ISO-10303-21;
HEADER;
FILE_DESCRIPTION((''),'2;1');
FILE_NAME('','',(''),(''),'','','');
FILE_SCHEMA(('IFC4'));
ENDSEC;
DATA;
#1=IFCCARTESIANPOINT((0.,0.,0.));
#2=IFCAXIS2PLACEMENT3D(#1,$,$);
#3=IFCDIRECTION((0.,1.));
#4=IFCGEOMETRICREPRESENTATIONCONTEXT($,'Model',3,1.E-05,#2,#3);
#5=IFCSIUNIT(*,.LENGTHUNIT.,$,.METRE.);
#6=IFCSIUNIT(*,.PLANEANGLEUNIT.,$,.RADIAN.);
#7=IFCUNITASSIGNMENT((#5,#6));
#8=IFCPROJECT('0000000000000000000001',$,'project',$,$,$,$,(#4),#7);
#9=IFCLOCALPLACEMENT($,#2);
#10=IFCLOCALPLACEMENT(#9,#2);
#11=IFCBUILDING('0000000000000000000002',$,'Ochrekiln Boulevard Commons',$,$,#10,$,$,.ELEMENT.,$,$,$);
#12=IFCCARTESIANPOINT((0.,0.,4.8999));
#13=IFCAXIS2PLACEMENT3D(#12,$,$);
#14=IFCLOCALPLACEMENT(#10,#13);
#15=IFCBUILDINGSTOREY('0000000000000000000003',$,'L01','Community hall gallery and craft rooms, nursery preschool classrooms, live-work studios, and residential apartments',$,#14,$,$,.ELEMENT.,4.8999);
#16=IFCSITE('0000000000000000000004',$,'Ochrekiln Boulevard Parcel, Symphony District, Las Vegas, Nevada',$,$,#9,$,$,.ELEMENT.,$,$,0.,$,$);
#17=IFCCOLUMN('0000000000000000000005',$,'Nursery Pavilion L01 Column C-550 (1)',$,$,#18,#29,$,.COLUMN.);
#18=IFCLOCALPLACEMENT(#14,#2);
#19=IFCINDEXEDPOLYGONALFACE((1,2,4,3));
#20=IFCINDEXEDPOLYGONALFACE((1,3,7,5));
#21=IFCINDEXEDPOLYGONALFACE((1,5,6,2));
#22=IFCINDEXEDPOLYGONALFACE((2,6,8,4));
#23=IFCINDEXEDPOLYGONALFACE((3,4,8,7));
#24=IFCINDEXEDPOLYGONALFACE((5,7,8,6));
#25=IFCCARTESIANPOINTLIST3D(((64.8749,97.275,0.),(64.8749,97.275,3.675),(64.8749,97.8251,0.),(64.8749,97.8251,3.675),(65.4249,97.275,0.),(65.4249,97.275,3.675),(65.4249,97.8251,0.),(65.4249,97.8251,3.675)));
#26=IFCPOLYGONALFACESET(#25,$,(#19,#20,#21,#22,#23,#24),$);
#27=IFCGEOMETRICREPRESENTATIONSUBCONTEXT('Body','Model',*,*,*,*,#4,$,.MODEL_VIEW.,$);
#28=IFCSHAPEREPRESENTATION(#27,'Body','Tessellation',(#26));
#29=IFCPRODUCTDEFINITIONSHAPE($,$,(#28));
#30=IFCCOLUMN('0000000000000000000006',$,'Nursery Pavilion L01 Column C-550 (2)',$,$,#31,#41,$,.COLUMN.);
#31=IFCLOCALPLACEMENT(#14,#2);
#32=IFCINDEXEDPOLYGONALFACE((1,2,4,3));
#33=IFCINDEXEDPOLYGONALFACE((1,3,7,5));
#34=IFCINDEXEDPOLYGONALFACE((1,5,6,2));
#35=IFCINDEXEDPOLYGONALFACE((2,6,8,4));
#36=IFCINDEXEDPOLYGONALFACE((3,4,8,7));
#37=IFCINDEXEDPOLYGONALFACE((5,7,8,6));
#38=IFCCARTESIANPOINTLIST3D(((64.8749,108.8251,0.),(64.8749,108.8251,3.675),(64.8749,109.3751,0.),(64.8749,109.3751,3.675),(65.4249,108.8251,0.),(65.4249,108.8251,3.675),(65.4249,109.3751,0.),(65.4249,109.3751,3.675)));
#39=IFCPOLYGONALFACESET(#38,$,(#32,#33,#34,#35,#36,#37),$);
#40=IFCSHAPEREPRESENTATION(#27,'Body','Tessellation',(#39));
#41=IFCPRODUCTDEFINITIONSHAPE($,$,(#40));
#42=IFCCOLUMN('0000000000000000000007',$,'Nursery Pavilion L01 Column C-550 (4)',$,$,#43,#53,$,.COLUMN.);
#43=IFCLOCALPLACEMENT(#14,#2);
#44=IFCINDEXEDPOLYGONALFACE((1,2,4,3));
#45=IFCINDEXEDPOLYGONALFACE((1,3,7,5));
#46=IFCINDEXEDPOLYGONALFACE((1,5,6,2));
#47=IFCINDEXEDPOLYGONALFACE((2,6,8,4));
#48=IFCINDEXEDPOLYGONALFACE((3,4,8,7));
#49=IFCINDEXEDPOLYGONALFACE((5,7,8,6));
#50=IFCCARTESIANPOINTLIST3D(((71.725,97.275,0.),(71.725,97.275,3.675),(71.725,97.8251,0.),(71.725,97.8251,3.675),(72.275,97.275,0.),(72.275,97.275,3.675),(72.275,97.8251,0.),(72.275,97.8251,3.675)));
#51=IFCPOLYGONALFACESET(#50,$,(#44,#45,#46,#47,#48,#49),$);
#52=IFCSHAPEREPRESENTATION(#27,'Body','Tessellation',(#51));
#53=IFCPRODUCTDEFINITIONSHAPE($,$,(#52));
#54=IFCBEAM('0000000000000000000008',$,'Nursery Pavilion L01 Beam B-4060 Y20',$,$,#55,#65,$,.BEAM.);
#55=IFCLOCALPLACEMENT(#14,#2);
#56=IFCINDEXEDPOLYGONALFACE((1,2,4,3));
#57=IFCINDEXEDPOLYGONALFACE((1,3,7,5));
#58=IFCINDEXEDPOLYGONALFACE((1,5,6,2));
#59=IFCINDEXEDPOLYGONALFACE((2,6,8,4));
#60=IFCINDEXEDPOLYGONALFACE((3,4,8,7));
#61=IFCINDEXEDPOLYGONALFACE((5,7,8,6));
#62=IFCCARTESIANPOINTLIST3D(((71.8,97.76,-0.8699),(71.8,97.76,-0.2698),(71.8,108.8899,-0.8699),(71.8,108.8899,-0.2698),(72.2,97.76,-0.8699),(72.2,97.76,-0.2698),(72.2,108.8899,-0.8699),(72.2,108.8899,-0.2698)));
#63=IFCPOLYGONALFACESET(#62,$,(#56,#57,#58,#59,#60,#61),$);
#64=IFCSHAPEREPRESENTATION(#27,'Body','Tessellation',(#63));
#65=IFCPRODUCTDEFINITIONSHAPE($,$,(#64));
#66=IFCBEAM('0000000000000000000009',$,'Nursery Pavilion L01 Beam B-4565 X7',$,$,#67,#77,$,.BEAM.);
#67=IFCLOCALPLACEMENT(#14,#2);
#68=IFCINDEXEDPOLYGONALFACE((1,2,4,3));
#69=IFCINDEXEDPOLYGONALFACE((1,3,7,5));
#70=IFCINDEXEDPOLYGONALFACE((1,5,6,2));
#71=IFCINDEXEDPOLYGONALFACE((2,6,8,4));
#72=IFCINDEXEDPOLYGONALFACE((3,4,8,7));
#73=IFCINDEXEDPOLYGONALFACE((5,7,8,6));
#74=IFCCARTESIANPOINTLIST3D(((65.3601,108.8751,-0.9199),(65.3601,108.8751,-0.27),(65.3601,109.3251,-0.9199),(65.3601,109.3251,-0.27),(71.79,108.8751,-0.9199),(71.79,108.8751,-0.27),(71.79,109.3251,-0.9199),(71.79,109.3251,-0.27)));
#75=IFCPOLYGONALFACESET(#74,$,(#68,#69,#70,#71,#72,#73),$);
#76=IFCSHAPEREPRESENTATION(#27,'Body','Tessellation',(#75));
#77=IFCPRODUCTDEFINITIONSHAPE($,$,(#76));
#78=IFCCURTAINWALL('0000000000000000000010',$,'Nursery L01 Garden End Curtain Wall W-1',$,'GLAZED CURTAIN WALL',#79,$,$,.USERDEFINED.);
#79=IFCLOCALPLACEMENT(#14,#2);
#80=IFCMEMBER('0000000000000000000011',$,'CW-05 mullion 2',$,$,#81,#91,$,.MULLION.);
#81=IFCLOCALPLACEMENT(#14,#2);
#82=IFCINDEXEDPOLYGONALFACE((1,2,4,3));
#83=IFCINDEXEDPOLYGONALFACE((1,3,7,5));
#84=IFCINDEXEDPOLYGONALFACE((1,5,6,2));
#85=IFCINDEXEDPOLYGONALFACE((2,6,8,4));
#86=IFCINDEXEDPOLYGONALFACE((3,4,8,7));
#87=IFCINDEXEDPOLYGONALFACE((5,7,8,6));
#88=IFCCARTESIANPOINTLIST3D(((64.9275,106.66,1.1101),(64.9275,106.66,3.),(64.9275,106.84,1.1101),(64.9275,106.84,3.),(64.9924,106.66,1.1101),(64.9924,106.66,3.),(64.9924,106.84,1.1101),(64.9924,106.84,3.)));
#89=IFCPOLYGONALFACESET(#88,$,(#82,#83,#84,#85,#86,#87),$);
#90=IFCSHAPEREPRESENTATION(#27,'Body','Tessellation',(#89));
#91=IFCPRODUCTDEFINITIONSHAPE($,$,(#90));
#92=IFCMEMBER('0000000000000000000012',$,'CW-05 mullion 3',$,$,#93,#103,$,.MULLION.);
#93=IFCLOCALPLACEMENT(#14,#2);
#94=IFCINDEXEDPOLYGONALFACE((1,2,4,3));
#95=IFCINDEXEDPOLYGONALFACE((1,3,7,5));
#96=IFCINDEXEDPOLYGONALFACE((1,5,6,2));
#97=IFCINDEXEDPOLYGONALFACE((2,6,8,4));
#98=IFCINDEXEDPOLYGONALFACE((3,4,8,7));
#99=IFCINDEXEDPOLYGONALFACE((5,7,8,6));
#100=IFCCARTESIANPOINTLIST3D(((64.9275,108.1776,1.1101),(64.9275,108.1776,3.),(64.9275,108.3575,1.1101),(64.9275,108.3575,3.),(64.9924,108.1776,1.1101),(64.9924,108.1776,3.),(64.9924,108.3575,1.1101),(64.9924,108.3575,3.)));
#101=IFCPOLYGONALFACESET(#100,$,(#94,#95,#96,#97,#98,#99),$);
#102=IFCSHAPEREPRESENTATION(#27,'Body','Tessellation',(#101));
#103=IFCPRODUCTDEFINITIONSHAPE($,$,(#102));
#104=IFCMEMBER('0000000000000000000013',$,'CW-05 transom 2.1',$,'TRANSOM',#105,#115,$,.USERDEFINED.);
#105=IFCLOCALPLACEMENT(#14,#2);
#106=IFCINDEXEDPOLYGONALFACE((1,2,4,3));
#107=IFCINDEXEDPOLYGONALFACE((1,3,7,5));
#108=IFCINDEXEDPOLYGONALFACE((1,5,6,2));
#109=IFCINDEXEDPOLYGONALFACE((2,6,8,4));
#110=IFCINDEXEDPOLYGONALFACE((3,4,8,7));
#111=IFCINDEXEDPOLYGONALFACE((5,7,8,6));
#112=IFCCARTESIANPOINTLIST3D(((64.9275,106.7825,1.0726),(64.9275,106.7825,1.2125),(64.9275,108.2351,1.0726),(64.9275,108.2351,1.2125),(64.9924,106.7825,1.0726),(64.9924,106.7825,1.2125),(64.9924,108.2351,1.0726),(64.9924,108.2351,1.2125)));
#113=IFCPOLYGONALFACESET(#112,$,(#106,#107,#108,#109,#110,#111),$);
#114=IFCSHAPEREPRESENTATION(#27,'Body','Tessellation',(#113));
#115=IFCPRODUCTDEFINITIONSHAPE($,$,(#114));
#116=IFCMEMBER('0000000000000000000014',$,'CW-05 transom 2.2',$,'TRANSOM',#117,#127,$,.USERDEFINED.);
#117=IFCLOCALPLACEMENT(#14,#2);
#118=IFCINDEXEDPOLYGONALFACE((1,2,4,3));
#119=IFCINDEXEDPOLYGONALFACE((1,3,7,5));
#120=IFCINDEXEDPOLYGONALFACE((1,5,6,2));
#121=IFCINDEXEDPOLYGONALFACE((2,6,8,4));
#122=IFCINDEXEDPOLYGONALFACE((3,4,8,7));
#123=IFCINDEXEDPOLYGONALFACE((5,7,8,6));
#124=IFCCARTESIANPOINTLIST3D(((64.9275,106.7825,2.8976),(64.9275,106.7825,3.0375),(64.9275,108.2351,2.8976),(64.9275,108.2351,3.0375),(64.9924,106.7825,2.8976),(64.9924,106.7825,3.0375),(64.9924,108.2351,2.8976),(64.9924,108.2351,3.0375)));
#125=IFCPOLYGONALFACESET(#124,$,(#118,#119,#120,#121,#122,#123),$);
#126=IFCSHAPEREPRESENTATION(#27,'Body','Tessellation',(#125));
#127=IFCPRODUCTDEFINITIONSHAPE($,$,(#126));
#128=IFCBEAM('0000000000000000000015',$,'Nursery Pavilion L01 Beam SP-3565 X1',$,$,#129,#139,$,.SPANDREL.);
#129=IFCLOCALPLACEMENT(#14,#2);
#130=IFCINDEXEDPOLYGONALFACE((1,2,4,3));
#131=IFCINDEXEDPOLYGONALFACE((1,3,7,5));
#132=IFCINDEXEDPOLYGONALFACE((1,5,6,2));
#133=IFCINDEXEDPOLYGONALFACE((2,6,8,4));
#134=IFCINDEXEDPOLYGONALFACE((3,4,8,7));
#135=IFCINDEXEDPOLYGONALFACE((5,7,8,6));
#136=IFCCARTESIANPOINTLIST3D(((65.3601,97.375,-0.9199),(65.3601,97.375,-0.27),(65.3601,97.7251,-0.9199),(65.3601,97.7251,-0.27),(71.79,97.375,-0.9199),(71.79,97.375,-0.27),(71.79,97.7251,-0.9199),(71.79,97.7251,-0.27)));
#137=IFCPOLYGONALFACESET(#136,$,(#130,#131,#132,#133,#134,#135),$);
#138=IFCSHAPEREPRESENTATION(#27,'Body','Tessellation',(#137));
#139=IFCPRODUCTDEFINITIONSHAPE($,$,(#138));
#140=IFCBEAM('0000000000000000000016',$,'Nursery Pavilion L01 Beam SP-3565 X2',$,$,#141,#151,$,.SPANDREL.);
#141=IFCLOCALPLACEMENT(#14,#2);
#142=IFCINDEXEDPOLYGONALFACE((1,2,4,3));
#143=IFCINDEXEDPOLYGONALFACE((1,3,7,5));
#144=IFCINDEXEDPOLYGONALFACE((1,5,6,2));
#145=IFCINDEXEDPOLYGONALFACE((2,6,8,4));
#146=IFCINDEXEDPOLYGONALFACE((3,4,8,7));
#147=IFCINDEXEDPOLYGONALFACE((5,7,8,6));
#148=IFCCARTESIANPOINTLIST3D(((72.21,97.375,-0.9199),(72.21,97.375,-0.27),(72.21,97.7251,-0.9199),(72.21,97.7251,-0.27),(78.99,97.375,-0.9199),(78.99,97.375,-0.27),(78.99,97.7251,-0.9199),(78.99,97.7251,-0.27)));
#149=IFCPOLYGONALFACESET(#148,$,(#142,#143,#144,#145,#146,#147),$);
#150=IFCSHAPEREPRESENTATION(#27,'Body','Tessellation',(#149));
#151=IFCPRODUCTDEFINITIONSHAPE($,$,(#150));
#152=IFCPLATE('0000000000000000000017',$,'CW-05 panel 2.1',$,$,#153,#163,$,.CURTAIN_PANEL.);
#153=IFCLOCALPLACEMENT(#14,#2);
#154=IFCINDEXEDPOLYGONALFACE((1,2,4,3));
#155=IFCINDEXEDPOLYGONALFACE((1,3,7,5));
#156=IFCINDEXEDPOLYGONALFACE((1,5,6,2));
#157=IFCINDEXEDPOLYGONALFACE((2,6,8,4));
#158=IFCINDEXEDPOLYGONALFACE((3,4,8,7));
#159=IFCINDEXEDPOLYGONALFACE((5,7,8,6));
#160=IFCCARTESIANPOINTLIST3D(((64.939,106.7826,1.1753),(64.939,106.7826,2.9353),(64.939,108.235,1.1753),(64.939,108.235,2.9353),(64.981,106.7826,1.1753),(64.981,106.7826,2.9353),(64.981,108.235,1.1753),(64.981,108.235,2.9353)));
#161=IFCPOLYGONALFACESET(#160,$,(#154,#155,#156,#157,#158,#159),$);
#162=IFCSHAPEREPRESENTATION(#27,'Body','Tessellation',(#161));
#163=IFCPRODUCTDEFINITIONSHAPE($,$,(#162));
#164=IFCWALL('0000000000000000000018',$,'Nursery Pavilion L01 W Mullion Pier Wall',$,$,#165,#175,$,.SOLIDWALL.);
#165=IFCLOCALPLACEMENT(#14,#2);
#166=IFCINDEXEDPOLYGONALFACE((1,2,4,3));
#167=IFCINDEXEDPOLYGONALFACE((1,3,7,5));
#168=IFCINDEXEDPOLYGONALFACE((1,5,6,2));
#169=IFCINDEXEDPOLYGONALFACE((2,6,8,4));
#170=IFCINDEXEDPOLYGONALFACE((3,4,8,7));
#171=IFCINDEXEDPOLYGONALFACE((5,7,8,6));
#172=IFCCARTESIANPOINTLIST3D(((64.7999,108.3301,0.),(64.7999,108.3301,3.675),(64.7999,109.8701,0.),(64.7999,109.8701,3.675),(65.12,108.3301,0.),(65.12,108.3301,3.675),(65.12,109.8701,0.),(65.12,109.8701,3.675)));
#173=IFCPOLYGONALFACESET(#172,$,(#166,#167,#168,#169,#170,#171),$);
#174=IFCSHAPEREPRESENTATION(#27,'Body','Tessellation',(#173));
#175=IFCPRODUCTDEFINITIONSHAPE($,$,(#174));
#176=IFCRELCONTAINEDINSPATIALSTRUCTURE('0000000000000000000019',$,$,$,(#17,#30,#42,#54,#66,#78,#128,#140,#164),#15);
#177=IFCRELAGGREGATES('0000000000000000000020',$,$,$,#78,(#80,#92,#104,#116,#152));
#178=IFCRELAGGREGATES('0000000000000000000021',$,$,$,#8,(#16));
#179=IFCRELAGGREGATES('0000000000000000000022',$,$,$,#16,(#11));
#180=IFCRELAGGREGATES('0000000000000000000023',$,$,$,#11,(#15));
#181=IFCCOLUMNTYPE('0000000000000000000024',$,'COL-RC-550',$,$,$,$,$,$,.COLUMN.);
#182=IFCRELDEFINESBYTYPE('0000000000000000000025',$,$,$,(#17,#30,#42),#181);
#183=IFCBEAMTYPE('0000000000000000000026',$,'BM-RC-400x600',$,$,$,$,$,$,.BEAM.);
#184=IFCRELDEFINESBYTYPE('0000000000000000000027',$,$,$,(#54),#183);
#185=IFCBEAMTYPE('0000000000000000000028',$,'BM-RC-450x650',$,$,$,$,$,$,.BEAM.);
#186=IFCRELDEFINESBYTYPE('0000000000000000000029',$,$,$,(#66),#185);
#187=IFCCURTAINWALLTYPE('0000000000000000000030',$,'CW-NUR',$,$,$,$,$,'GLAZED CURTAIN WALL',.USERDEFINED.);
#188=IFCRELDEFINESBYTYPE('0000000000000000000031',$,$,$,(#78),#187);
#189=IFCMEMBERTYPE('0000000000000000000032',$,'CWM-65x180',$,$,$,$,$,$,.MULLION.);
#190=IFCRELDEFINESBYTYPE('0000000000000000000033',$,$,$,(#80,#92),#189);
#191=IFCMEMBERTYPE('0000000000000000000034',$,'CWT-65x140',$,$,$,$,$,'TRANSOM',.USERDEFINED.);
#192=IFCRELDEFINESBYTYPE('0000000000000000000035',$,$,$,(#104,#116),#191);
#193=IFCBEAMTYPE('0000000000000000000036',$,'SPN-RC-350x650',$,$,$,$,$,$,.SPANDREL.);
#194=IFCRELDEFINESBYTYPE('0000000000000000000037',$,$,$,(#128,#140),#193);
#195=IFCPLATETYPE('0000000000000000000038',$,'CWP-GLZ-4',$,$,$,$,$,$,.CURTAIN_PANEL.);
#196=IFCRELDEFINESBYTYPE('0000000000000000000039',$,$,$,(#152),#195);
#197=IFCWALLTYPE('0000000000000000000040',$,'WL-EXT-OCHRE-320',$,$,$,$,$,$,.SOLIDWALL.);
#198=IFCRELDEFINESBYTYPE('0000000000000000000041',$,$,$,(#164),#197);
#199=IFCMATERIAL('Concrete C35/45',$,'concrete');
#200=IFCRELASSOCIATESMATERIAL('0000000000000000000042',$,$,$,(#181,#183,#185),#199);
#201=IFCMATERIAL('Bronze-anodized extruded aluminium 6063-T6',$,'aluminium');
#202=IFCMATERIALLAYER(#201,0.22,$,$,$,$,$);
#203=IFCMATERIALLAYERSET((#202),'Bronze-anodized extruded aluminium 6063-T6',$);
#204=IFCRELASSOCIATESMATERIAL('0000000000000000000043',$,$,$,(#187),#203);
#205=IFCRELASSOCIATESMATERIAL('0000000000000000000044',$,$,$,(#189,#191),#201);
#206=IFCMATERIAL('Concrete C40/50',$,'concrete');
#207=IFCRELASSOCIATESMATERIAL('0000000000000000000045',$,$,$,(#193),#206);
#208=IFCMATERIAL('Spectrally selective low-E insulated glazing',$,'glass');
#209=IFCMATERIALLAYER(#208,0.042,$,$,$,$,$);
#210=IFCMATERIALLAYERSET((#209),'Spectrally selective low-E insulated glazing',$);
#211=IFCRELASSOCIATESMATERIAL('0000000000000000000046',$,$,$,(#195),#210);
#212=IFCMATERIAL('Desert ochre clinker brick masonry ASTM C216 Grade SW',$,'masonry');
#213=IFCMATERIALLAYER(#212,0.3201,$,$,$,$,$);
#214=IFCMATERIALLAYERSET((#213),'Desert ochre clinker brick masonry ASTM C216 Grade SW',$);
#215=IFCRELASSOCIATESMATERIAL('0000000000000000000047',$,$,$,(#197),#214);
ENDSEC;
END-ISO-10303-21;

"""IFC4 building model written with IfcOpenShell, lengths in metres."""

from ifc_helpers import new_model, si_unit, direction, frame, frame_2d, origin, origin_2d, place, context, subcontext, project, spatial, rectangle, extrude, material, layer, layer_set, material_profile, profile_set, type_object, element, aggregate, save


model = new_model("IFC4")

# Units and contexts
model_context = context("Model", 3, precision=1e-05, world=origin(), true_north=direction((0.0, 1.0)))
body_context = subcontext(model_context, "Body", "Model", "MODEL_VIEW")
ifc_project = project(units=[si_unit("LENGTHUNIT", "METRE"), si_unit("PLANEANGLEUNIT", "RADIAN")], contexts=[model_context])

# Site, building, storey
site_placement = place(None, origin())
site = spatial("IfcSite", under=ifc_project, at=site_placement, Name="Ochrekiln Boulevard Parcel, Symphony District, Las Vegas, Nevada", CompositionType="ELEMENT", RefElevation=0.0)
building_placement = place(site_placement, origin())
building = spatial("IfcBuilding", under=site, at=building_placement, Name="Ochrekiln Boulevard Commons", CompositionType="ELEMENT")
storey_placement = place(building_placement, frame((0.0, 0.0, 4.8999)))
storey = spatial("IfcBuildingStorey", under=building, at=storey_placement, Name="L01", Description="Community hall gallery and craft rooms, nursery preschool classrooms, live-work studios, and residential apartments", CompositionType="ELEMENT", Elevation=4.8999)

# Columns
ifc_material_1 = material(Name="Concrete C35/45", Category="concrete")
ifc_material_profile_1 = material_profile(ifc_material_1, rectangle(XDim=0.55, YDim=0.55, at=origin_2d()), Name="RC-COL-550x550")
ifc_profile_set_1 = profile_set([ifc_material_profile_1], Name="Concrete C35/45")
column_type = type_object("IfcColumnType", Name="COL-RC-550", PredefinedType="COLUMN", material=ifc_profile_set_1)
for number, where, z_axis, x_axis, name in (
    (1, (65.1499, 97.55, 0.0), (0.0, 0.0, 1.0), (1.0, 0.0, 0.0), "Nursery Pavilion L01 Column C-550 (1)"),
    (2, (65.1499, 109.1001, 0.0), (0.0, 0.0, 1.0), (1.0, 0.0, 0.0), "Nursery Pavilion L01 Column C-550 (2)"),
    (3, (72.0, 97.55, 0.0), (0.0, 0.0, 1.0), (1.0, 0.0, 0.0), "Nursery Pavilion L01 Column C-550 (4)"),
):
    element("IfcColumn", number, at=place(storey_placement, frame(where, z_axis=z_axis, x_axis=x_axis)), inside=storey, type_object=column_type, Name=name, PredefinedType="COLUMN", context=body_context, shape_type="SweptSolid", body=[
        extrude(rectangle(XDim=0.55, YDim=0.55, at=origin_2d()), origin(), (0.0, 0.0, 1.0), 3.675),
    ])

# Beams
ifc_material_profile_2 = material_profile(ifc_material_1, rectangle(XDim=0.3999, YDim=0.6001, at=origin_2d()), Name="RC-BM-400x600")
ifc_profile_set_2 = profile_set([ifc_material_profile_2], Name="Concrete C35/45")
beam_type_1 = type_object("IfcBeamType", Name="BM-RC-400x600", PredefinedType="BEAM", material=ifc_profile_set_2)
beam_1_placement = place(storey_placement, frame((72.0, 97.76, -0.5698), z_axis=(0.0, 1.0, 0.0), x_axis=(-1.0, 0.0, 0.0)))
element("IfcBeam", 4, at=beam_1_placement, inside=storey, type_object=beam_type_1, Name="Nursery Pavilion L01 Beam B-4060 Y20", PredefinedType="BEAM", context=body_context, shape_type="SweptSolid", body=[
    extrude(rectangle(XDim=0.3999, YDim=0.6001, at=origin_2d()), origin(), (0.0, 0.0, 1.0), 11.1299),
])
ifc_material_profile_3 = material_profile(ifc_material_1, rectangle(XDim=0.45, YDim=0.6499, at=origin_2d()), Name="RC-BM-450x650")
ifc_profile_set_3 = profile_set([ifc_material_profile_3], Name="Concrete C35/45")
beam_type_2 = type_object("IfcBeamType", Name="BM-RC-450x650", PredefinedType="BEAM", material=ifc_profile_set_3)
beam_2_placement = place(storey_placement, frame((65.3601, 109.1001, -0.595), z_axis=(1.0, 0.0, 0.0), x_axis=(0.0, 1.0, 0.0)))
element("IfcBeam", 5, at=beam_2_placement, inside=storey, type_object=beam_type_2, Name="Nursery Pavilion L01 Beam B-4565 X7", PredefinedType="BEAM", context=body_context, shape_type="SweptSolid", body=[
    extrude(rectangle(XDim=0.45, YDim=0.6499, at=origin_2d()), origin(), (0.0, 0.0, 1.0), 6.4299),
])

# Curtain wall, members
ifc_material_2 = material(Name="Bronze-anodized extruded aluminium 6063-T6", Category="aluminium")
ifc_layer_1 = layer(ifc_material_2, 0.22)
ifc_layer_set_1 = layer_set([ifc_layer_1], Name="Bronze-anodized extruded aluminium 6063-T6")
curtain_wall_type = type_object("IfcCurtainWallType", Name="CW-NUR", ElementType="GLAZED CURTAIN WALL", PredefinedType="USERDEFINED", material=ifc_layer_set_1)
curtain_wall_placement = place(storey_placement, origin())
curtain_wall = element("IfcCurtainWall", 6, at=curtain_wall_placement, inside=storey, type_object=curtain_wall_type, Name="Nursery L01 Garden End Curtain Wall W-1", ObjectType="GLAZED CURTAIN WALL", PredefinedType="USERDEFINED")
ifc_material_profile_4 = material_profile(ifc_material_2, rectangle(XDim=0.0649, YDim=0.1799, at=origin_2d()), Name="ALU-MUL-65x180")
ifc_profile_set_4 = profile_set([ifc_material_profile_4], Name="Bronze-anodized extruded aluminium 6063-T6")
member_type_1 = type_object("IfcMemberType", Name="CWM-65x180", PredefinedType="MULLION", material=ifc_profile_set_4)
member_1_placement = place(storey_placement, frame((64.96, 106.75, 1.1101), z_axis=(0.0, 0.0, 1.0), x_axis=(-1.0, 0.0, 0.0)))
member_1 = element("IfcMember", 7, at=member_1_placement, type_object=member_type_1, Name="CW-05 mullion 2", PredefinedType="MULLION", context=body_context, shape_type="SweptSolid", body=[
    extrude(rectangle(XDim=0.0649, YDim=0.1799, at=origin_2d()), origin(), (0.0, 0.0, 1.0), 1.8899),
])
member_2_placement = place(storey_placement, frame((64.96, 108.2676, 1.1101), z_axis=(0.0, 0.0, 1.0), x_axis=(-1.0, 0.0, 0.0)))
member_2 = element("IfcMember", 8, at=member_2_placement, type_object=member_type_1, Name="CW-05 mullion 3", PredefinedType="MULLION", context=body_context, shape_type="SweptSolid", body=[
    extrude(rectangle(XDim=0.0649, YDim=0.1799, at=origin_2d()), origin(), (0.0, 0.0, 1.0), 1.8899),
])
ifc_material_profile_5 = material_profile(ifc_material_2, rectangle(XDim=0.0649, YDim=0.1399, at=origin_2d()), Name="ALU-TRN-65x140")
ifc_profile_set_5 = profile_set([ifc_material_profile_5], Name="Bronze-anodized extruded aluminium 6063-T6")
member_type_2 = type_object("IfcMemberType", Name="CWT-65x140", ElementType="TRANSOM", PredefinedType="USERDEFINED", material=ifc_profile_set_5)
member_3_placement = place(storey_placement, frame((64.96, 106.7825, 1.1426), z_axis=(0.0, 1.0, 0.0), x_axis=(-1.0, 0.0, 0.0)))
member_3 = element("IfcMember", 9, at=member_3_placement, type_object=member_type_2, Name="CW-05 transom 2.1", ObjectType="TRANSOM", PredefinedType="USERDEFINED", context=body_context, shape_type="SweptSolid", body=[
    extrude(rectangle(XDim=0.0649, YDim=0.1399, at=origin_2d()), origin(), (0.0, 0.0, 1.0), 1.4526),
])
member_4_placement = place(storey_placement, frame((64.96, 106.7825, 2.9675), z_axis=(0.0, 1.0, 0.0), x_axis=(-1.0, 0.0, 0.0)))
member_4 = element("IfcMember", 10, at=member_4_placement, type_object=member_type_2, Name="CW-05 transom 2.2", ObjectType="TRANSOM", PredefinedType="USERDEFINED", context=body_context, shape_type="SweptSolid", body=[
    extrude(rectangle(XDim=0.0649, YDim=0.1399, at=origin_2d()), origin(), (0.0, 0.0, 1.0), 1.4526),
])

# Beams
ifc_material_3 = material(Name="Concrete C40/50", Category="concrete")
ifc_material_profile_6 = material_profile(ifc_material_3, rectangle(XDim=0.3501, YDim=0.6499, at=origin_2d()), Name="RC-SPN-350x650")
ifc_profile_set_6 = profile_set([ifc_material_profile_6], Name="Concrete C40/50")
beam_type_3 = type_object("IfcBeamType", Name="SPN-RC-350x650", PredefinedType="SPANDREL", material=ifc_profile_set_6)
beam_3_placement = place(storey_placement, frame((65.3601, 97.55, -0.595), z_axis=(1.0, 0.0, 0.0), x_axis=(0.0, 1.0, 0.0)))
element("IfcBeam", 11, at=beam_3_placement, inside=storey, type_object=beam_type_3, Name="Nursery Pavilion L01 Beam SP-3565 X1", PredefinedType="SPANDREL", context=body_context, shape_type="SweptSolid", body=[
    extrude(rectangle(XDim=0.3501, YDim=0.6499, at=origin_2d()), origin(), (0.0, 0.0, 1.0), 6.4299),
])
beam_4_placement = place(storey_placement, frame((72.21, 97.55, -0.595), z_axis=(1.0, 0.0, 0.0), x_axis=(0.0, 1.0, 0.0)))
element("IfcBeam", 12, at=beam_4_placement, inside=storey, type_object=beam_type_3, Name="Nursery Pavilion L01 Beam SP-3565 X2", PredefinedType="SPANDREL", context=body_context, shape_type="SweptSolid", body=[
    extrude(rectangle(XDim=0.3501, YDim=0.6499, at=origin_2d()), origin(), (0.0, 0.0, 1.0), 6.78),
])

# Plate
ifc_material_4 = material(Name="Spectrally selective low-E insulated glazing", Category="glass")
ifc_layer_2 = layer(ifc_material_4, 0.042)
ifc_layer_set_2 = layer_set([ifc_layer_2], Name="Spectrally selective low-E insulated glazing")
plate_type = type_object("IfcPlateType", Name="CWP-GLZ-4", PredefinedType="CURTAIN_PANEL", material=ifc_layer_set_2)
plate_placement = place(storey_placement, frame((64.96, 107.5088, 1.1753), z_axis=(0.0, 0.0, 1.0), x_axis=(0.0, 1.0, 0.0)))
plate = element("IfcPlate", 13, at=plate_placement, type_object=plate_type, Name="CW-05 panel 2.1", PredefinedType="CURTAIN_PANEL", context=body_context, shape_type="SweptSolid", body=[
    extrude(rectangle(XDim=1.4524, YDim=0.042, at=origin_2d()), origin(), (0.0, 0.0, 1.0), 1.76),
])
aggregate(curtain_wall, [member_1, member_2, member_3, member_4, plate])

# Wall
ifc_material_5 = material(Name="Desert ochre clinker brick masonry ASTM C216 Grade SW", Category="masonry")
ifc_layer_3 = layer(ifc_material_5, 0.3201)
ifc_layer_set_3 = layer_set([ifc_layer_3], Name="Desert ochre clinker brick masonry ASTM C216 Grade SW")
wall_type_1 = type_object("IfcWallType", Name="WL-EXT-OCHRE-320", PredefinedType="SOLIDWALL", material=ifc_layer_set_3)
wall_1_placement = place(storey_placement, frame((64.96, 108.3301, 0.0), z_axis=(0.0, 0.0, 1.0), x_axis=(0.0, 1.0, 0.0)))
element("IfcWall", 14, at=wall_1_placement, inside=storey, type_object=wall_type_1, Name="Nursery Pavilion L01 W Mullion Pier Wall", PredefinedType="SOLIDWALL", context=body_context, shape_type="SweptSolid", body=[
    extrude(rectangle(XDim=1.54, YDim=0.3201, at=frame_2d((0.77, 0.0))), origin(), (0.0, 0.0, 1.0), 3.675),
])

save(model, "model.ifc")
